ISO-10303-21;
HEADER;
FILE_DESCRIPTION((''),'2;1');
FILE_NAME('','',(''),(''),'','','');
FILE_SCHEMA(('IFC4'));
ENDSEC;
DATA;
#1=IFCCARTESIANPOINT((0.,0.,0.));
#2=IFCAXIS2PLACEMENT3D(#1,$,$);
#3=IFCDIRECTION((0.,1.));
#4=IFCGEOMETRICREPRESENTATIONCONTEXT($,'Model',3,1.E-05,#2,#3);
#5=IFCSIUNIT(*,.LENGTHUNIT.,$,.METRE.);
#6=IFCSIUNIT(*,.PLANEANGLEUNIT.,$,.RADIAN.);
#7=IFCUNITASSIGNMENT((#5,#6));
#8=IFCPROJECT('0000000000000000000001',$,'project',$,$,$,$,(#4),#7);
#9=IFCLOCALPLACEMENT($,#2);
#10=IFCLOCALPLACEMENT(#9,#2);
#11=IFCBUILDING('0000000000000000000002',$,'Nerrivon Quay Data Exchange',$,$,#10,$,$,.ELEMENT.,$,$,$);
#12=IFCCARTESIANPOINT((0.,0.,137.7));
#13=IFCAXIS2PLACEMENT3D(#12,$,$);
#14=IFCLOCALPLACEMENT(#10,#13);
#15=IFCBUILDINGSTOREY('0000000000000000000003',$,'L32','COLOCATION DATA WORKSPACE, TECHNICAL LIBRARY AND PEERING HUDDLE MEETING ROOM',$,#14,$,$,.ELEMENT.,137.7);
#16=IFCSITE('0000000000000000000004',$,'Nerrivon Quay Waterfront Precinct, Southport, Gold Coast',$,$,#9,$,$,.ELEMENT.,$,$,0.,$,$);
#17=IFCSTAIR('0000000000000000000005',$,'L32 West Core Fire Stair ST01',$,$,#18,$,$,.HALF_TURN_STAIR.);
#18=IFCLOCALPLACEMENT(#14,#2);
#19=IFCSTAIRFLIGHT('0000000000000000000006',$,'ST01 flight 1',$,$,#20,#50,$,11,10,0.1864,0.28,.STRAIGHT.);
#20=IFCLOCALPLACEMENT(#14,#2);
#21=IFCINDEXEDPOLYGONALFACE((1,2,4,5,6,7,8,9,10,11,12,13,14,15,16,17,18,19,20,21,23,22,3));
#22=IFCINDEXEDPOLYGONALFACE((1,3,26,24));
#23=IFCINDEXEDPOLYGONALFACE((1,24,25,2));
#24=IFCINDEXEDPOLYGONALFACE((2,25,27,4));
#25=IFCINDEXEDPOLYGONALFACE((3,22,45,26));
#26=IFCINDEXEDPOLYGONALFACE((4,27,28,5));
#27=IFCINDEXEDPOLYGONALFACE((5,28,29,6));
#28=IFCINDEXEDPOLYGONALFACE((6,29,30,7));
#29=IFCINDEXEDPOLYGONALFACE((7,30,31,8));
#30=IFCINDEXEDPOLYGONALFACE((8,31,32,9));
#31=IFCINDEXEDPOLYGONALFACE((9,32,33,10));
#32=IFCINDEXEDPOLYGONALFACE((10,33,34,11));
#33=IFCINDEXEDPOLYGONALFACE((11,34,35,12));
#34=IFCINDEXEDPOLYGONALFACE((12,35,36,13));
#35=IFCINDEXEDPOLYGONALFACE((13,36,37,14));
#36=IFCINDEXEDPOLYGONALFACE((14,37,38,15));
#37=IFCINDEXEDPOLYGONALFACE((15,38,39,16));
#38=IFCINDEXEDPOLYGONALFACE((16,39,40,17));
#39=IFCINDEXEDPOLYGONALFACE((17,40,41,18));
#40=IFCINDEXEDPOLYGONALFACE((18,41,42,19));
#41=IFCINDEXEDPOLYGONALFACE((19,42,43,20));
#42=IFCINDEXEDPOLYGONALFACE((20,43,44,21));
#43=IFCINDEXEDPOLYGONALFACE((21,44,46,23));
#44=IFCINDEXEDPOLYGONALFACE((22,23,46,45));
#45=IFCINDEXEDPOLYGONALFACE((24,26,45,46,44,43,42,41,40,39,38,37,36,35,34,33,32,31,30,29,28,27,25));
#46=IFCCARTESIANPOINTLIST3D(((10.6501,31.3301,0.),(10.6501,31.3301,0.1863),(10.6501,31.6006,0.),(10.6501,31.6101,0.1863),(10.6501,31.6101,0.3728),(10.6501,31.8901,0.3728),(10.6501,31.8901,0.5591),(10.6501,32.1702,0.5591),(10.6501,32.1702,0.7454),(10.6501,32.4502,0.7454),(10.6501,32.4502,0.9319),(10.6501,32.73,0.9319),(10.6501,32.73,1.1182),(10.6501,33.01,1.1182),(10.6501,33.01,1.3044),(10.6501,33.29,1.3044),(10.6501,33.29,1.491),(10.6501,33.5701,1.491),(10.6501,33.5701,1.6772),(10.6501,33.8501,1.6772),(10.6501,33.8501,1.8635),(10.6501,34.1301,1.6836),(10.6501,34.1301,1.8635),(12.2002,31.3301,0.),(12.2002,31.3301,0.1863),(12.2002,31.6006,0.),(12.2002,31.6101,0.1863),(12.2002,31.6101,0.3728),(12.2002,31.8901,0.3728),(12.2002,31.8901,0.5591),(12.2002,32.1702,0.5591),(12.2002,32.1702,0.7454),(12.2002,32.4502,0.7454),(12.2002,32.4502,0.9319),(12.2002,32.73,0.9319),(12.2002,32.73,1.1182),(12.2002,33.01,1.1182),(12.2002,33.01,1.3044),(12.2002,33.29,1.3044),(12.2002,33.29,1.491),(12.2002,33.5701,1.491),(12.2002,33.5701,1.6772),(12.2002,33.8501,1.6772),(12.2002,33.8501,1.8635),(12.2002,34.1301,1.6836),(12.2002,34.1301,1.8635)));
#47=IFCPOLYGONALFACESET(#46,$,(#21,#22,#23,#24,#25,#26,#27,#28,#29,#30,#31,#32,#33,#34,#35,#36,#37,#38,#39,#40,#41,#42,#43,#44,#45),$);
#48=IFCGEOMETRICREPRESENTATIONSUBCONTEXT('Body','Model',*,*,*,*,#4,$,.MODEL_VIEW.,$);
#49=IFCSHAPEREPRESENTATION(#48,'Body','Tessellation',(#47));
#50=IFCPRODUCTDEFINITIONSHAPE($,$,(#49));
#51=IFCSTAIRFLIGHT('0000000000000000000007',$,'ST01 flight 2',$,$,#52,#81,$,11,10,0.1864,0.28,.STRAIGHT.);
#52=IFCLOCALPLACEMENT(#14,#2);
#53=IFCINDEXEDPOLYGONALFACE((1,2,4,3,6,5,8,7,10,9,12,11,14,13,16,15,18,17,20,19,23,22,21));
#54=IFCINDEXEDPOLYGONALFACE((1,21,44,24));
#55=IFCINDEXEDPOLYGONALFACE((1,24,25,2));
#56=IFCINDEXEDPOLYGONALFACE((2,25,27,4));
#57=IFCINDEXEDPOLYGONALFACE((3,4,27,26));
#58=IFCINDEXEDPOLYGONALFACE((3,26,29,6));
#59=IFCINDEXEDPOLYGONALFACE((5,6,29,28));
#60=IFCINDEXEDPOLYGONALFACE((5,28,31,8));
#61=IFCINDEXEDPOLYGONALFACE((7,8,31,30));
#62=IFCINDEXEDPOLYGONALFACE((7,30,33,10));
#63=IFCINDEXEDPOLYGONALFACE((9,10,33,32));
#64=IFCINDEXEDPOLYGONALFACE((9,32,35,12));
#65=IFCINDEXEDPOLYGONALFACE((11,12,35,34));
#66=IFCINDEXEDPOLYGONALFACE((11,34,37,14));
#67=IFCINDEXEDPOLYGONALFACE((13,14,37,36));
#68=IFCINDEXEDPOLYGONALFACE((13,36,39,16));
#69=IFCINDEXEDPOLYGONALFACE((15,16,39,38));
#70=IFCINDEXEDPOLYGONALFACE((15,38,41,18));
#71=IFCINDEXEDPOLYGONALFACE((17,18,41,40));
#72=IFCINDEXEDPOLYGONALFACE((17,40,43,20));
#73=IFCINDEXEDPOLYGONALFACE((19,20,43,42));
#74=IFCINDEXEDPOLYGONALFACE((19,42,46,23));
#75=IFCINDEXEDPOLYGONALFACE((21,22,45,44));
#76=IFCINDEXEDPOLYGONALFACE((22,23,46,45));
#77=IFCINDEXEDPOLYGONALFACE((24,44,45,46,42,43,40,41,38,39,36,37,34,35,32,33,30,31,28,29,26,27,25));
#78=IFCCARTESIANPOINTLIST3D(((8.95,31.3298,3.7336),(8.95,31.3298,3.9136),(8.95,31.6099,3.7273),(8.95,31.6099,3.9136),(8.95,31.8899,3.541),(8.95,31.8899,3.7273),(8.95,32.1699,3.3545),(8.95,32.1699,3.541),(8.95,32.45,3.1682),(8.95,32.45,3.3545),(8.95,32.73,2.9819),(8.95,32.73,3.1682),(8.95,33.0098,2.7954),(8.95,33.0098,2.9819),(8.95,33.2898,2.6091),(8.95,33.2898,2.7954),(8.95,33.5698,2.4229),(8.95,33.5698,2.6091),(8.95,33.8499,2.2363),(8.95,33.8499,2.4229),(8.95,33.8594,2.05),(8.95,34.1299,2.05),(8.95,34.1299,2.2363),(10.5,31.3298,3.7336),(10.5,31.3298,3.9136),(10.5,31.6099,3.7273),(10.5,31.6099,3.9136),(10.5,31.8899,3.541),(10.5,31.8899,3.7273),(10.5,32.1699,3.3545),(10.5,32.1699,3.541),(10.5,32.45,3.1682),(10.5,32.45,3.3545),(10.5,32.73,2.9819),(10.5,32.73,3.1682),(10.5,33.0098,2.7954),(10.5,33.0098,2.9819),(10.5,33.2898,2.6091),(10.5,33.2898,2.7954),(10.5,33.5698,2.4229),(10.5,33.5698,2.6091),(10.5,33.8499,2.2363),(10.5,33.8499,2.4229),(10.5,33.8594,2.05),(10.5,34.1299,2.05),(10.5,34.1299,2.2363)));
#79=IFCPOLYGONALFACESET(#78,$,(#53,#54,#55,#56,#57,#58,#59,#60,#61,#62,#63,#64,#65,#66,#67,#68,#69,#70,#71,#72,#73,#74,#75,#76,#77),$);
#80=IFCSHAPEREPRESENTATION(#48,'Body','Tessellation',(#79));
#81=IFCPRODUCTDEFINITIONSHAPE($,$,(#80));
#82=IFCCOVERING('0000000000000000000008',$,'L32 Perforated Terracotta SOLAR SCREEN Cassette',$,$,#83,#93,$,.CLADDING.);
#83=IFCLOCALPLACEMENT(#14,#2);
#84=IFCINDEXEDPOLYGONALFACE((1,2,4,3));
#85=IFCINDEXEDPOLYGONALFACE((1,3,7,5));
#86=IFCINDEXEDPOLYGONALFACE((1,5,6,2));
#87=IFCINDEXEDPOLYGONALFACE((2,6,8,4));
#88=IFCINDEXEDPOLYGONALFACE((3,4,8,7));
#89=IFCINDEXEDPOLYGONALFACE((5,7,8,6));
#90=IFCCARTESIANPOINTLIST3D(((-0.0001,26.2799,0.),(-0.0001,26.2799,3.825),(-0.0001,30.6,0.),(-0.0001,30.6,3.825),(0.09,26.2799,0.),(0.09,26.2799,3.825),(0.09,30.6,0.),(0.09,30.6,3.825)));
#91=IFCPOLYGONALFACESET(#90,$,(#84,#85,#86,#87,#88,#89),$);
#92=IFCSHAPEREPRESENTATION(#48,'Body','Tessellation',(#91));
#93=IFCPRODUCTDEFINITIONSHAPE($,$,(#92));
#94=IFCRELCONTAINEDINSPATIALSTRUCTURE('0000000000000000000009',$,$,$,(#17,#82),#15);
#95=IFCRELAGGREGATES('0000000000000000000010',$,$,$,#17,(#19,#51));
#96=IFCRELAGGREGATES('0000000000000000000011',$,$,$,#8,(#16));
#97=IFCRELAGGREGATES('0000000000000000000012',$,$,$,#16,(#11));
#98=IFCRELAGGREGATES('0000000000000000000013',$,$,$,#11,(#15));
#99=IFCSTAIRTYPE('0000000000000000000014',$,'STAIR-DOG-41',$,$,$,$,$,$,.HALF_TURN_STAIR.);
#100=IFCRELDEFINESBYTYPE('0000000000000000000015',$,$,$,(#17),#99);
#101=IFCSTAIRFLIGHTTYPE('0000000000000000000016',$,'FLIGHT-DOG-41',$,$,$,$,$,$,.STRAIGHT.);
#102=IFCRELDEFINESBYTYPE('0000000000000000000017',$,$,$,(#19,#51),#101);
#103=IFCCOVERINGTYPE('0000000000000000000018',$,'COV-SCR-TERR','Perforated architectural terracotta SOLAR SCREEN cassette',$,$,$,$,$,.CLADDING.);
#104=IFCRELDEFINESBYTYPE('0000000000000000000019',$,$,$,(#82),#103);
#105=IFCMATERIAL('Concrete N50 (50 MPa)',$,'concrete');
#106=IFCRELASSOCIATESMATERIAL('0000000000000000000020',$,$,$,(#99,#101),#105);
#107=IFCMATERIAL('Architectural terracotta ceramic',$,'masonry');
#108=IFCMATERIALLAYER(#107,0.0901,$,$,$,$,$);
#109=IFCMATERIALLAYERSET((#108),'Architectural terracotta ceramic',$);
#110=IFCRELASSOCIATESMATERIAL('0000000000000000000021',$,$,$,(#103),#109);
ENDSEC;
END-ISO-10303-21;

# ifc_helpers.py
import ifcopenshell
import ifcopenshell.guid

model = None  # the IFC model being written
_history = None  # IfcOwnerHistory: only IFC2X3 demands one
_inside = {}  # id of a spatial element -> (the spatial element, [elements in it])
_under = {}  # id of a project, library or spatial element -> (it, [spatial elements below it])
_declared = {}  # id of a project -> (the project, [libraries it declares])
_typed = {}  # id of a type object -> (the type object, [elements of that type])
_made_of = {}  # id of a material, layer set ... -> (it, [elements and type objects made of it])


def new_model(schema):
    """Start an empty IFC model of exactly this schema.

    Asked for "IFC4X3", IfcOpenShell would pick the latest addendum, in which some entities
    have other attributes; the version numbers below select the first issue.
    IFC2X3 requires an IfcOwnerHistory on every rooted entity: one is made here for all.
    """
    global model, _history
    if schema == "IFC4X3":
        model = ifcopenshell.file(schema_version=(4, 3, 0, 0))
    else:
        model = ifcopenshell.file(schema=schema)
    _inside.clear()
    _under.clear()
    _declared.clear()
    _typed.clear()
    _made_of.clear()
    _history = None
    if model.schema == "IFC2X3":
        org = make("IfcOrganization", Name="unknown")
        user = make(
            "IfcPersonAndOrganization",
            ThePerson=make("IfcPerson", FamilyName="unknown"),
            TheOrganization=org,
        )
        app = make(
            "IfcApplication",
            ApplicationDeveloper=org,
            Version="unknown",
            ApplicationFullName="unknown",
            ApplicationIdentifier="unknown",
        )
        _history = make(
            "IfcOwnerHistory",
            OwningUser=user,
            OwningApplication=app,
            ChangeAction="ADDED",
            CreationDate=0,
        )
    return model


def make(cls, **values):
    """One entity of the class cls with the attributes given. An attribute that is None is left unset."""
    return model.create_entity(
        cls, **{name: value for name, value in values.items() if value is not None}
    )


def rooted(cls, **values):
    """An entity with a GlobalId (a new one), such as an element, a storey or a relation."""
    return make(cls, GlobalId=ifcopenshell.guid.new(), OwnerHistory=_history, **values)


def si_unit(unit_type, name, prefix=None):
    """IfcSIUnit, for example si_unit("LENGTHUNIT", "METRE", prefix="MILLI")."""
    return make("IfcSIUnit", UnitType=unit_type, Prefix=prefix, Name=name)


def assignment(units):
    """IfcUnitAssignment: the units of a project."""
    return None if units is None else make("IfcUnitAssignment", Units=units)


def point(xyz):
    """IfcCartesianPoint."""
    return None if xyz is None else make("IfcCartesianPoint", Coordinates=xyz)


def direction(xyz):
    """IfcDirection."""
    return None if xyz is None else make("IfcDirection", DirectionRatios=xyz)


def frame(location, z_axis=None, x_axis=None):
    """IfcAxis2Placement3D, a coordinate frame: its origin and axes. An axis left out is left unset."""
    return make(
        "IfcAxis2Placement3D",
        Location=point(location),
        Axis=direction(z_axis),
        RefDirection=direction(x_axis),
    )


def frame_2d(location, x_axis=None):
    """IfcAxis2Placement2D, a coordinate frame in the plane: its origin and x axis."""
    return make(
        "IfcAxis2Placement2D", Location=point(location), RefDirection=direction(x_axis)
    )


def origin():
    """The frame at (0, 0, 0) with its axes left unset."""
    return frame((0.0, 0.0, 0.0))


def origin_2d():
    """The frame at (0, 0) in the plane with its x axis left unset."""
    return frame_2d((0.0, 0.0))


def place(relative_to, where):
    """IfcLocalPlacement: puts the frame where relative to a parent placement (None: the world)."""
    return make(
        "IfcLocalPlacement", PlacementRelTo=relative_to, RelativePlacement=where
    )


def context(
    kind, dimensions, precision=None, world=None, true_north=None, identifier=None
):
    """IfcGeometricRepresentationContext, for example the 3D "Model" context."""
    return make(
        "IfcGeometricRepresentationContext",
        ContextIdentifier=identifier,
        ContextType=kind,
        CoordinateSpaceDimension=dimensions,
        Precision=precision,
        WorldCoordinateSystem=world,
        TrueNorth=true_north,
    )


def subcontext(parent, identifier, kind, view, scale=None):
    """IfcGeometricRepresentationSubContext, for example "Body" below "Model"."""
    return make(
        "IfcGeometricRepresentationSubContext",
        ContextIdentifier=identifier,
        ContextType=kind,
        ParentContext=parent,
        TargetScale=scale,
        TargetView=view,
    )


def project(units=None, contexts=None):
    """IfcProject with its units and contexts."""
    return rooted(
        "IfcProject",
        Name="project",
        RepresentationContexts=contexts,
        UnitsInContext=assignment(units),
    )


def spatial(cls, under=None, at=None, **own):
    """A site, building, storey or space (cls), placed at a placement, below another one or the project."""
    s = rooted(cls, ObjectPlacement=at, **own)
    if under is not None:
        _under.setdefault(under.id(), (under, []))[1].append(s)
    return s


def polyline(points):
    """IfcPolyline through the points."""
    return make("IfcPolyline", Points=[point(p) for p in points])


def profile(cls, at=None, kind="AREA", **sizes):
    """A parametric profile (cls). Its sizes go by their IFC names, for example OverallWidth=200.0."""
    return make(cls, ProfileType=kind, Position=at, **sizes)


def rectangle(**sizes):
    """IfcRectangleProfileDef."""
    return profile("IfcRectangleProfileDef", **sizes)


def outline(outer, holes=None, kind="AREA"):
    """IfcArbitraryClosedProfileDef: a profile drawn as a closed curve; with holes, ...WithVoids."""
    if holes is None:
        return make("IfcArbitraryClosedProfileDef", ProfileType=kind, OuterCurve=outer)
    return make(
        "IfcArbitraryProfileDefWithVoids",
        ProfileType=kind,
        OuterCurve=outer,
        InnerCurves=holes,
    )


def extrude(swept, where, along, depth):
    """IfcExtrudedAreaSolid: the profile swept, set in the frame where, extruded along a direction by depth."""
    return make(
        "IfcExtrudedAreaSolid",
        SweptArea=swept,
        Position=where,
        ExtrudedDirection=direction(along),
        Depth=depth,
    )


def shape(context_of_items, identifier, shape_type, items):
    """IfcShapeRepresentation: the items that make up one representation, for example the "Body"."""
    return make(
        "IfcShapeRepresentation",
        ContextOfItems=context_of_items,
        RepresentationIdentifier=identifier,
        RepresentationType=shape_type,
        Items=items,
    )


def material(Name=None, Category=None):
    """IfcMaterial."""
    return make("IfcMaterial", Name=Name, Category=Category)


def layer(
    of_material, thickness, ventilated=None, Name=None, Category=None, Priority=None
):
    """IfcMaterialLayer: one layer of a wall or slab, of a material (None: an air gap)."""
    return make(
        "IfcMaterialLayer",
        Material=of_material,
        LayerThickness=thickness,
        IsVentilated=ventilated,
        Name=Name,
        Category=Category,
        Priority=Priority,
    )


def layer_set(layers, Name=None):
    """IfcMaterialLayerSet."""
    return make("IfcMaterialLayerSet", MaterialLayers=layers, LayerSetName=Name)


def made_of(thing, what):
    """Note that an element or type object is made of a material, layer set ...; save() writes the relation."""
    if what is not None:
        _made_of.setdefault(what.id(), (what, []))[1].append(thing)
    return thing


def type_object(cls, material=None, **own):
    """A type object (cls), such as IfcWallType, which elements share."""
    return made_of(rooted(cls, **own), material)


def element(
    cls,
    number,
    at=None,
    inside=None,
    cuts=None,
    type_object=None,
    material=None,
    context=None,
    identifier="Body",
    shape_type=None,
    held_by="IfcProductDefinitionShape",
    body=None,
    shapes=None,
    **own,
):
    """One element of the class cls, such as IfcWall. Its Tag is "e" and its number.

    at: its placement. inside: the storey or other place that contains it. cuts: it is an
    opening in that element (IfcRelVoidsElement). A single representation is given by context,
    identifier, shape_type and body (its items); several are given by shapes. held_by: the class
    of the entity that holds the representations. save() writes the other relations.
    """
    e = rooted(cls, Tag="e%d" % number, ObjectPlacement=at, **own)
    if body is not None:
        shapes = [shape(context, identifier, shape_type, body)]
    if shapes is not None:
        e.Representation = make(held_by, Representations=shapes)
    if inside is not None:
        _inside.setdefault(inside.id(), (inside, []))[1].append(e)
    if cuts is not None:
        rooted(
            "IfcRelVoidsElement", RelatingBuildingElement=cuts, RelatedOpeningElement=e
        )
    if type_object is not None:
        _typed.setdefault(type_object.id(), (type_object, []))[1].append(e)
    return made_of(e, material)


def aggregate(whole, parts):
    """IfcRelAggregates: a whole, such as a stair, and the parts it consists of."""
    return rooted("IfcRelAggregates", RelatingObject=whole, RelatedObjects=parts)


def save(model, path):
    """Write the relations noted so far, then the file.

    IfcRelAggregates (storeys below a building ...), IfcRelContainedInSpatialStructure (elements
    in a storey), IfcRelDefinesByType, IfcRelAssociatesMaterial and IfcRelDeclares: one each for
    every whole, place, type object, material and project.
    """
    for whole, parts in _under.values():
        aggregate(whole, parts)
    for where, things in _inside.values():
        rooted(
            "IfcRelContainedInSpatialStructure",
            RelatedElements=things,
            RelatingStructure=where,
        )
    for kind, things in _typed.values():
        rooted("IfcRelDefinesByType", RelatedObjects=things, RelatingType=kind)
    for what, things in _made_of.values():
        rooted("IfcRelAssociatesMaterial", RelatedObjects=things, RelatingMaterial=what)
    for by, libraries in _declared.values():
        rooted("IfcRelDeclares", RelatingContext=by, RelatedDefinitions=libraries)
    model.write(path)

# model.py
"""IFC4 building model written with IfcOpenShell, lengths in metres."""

from ifc_helpers import new_model, si_unit, direction, frame, origin, origin_2d, place, context, subcontext, project, spatial, polyline, rectangle, outline, extrude, material, layer, layer_set, type_object, element, aggregate, save


model = new_model("IFC4")

# Units and contexts
model_context = context("Model", 3, precision=1e-05, world=origin(), true_north=direction((0.0, 1.0)))
body_context = subcontext(model_context, "Body", "Model", "MODEL_VIEW")
ifc_project = project(units=[si_unit("LENGTHUNIT", "METRE"), si_unit("PLANEANGLEUNIT", "RADIAN")], contexts=[model_context])

# Site, building, storey
site_placement = place(None, origin())
site = spatial("IfcSite", under=ifc_project, at=site_placement, Name="Nerrivon Quay Waterfront Precinct, Southport, Gold Coast", CompositionType="ELEMENT", RefElevation=0.0)
building_placement = place(site_placement, origin())
building = spatial("IfcBuilding", under=site, at=building_placement, Name="Nerrivon Quay Data Exchange", CompositionType="ELEMENT")
storey_placement = place(building_placement, frame((0.0, 0.0, 137.7)))
storey = spatial("IfcBuildingStorey", under=building, at=storey_placement, Name="L32", Description="COLOCATION DATA WORKSPACE, TECHNICAL LIBRARY AND PEERING HUDDLE MEETING ROOM", CompositionType="ELEMENT", Elevation=137.7)

# Shared definitions
ifc_material_1 = material(Name="Concrete N50 (50 MPa)", Category="concrete")

# Stair, stair flights
stair_type = type_object("IfcStairType", Name="STAIR-DOG-41", PredefinedType="HALF_TURN_STAIR", material=ifc_material_1)
stair_placement = place(storey_placement, origin())
stair = element("IfcStair", 1, at=stair_placement, inside=storey, type_object=stair_type, Name="L32 West Core Fire Stair ST01", PredefinedType="HALF_TURN_STAIR")
stair_flight_type = type_object("IfcStairFlightType", Name="FLIGHT-DOG-41", PredefinedType="STRAIGHT", material=ifc_material_1)
stair_flight_1_placement = place(storey_placement, frame((11.425, 31.3301, 0.0), z_axis=(0.0, 0.0, 1.0), x_axis=(0.0, 1.0, 0.0)))
stair_flight_1 = element("IfcStairFlight", 2, at=stair_flight_1_placement, type_object=stair_flight_type, Name="ST01 flight 1", NumberOfRisers=11, NumberOfTreads=10, PredefinedType="STRAIGHT", RiserHeight=0.1864, TreadLength=0.28, context=body_context, shape_type="SweptSolid", body=[
    extrude(outline(polyline([(0.0, 0.0), (0.0, 0.1863), (0.28, 0.1863), (0.28, 0.3728), (0.5601, 0.3728), (0.5601, 0.5591), (0.8401, 0.5591), (0.8401, 0.7454), (1.1201, 0.7454), (1.1201, 0.9319), (1.3999, 0.9319), (1.3999, 1.1182), (1.6799, 1.1182), (1.6799, 1.3044), (1.96, 1.3044), (1.96, 1.491), (2.24, 1.491), (2.24, 1.6772), (2.52, 1.6772), (2.52, 1.8635), (2.8, 1.8635), (2.8, 2.05), (2.8, 1.6836), (0.2705, 0.0), (0.0, 0.0)])), frame((0.0, 0.7749, 0.0), z_axis=(0.0, -1.0, 0.0), x_axis=(1.0, 0.0, 0.0)), (0.0, 0.0, 1.0), 1.55),
])
stair_flight_2_placement = place(storey_placement, frame((9.7251, 34.1299, 2.05), z_axis=(0.0, 0.0, 1.0), x_axis=(0.0, -1.0, 0.0)))
stair_flight_2 = element("IfcStairFlight", 3, at=stair_flight_2_placement, type_object=stair_flight_type, Name="ST01 flight 2", NumberOfRisers=11, NumberOfTreads=10, PredefinedType="STRAIGHT", RiserHeight=0.1864, TreadLength=0.28, context=body_context, shape_type="SweptSolid", body=[
    extrude(outline(polyline([(0.0, 0.0), (0.0, 0.1863), (0.28, 0.1863), (0.28, 0.3728), (0.5601, 0.3728), (0.5601, 0.5591), (0.8401, 0.5591), (0.8401, 0.7454), (1.1201, 0.7454), (1.1201, 0.9319), (1.3999, 0.9319), (1.3999, 1.1182), (1.6799, 1.1182), (1.6799, 1.3044), (1.96, 1.3044), (1.96, 1.491), (2.24, 1.491), (2.24, 1.6772), (2.52, 1.6772), (2.52, 1.8635), (2.8, 1.8635), (2.8, 2.05), (2.8, 1.6836), (0.2705, 0.0), (0.0, 0.0)])), frame((0.0, 0.7749, 0.0), z_axis=(0.0, -1.0, 0.0), x_axis=(1.0, 0.0, 0.0)), (0.0, 0.0, 1.0), 1.55),
])
aggregate(stair, [stair_flight_1, stair_flight_2])

# Covering
ifc_material_2 = material(Name="Architectural terracotta ceramic", Category="masonry")
ifc_layer_1 = layer(ifc_material_2, 0.0901)
ifc_layer_set_1 = layer_set([ifc_layer_1], Name="Architectural terracotta ceramic")
covering_type = type_object("IfcCoveringType", Name="COV-SCR-TERR", Description="Perforated architectural terracotta SOLAR SCREEN cassette", PredefinedType="CLADDING", material=ifc_layer_set_1)
covering_placement = place(storey_placement, frame((0.0449, 28.4399, 0.0), z_axis=(0.0, 0.0, 1.0), x_axis=(0.0, 1.0, 0.0)))
element("IfcCovering", 4, at=covering_placement, inside=storey, type_object=covering_type, Name="L32 Perforated Terracotta SOLAR SCREEN Cassette", PredefinedType="CLADDING", context=body_context, shape_type="SweptSolid", body=[
    extrude(rectangle(XDim=4.3201, YDim=0.0901, at=origin_2d()), origin(), (0.0, 0.0, 1.0), 3.825),
])

save(model, "model.ifc")
